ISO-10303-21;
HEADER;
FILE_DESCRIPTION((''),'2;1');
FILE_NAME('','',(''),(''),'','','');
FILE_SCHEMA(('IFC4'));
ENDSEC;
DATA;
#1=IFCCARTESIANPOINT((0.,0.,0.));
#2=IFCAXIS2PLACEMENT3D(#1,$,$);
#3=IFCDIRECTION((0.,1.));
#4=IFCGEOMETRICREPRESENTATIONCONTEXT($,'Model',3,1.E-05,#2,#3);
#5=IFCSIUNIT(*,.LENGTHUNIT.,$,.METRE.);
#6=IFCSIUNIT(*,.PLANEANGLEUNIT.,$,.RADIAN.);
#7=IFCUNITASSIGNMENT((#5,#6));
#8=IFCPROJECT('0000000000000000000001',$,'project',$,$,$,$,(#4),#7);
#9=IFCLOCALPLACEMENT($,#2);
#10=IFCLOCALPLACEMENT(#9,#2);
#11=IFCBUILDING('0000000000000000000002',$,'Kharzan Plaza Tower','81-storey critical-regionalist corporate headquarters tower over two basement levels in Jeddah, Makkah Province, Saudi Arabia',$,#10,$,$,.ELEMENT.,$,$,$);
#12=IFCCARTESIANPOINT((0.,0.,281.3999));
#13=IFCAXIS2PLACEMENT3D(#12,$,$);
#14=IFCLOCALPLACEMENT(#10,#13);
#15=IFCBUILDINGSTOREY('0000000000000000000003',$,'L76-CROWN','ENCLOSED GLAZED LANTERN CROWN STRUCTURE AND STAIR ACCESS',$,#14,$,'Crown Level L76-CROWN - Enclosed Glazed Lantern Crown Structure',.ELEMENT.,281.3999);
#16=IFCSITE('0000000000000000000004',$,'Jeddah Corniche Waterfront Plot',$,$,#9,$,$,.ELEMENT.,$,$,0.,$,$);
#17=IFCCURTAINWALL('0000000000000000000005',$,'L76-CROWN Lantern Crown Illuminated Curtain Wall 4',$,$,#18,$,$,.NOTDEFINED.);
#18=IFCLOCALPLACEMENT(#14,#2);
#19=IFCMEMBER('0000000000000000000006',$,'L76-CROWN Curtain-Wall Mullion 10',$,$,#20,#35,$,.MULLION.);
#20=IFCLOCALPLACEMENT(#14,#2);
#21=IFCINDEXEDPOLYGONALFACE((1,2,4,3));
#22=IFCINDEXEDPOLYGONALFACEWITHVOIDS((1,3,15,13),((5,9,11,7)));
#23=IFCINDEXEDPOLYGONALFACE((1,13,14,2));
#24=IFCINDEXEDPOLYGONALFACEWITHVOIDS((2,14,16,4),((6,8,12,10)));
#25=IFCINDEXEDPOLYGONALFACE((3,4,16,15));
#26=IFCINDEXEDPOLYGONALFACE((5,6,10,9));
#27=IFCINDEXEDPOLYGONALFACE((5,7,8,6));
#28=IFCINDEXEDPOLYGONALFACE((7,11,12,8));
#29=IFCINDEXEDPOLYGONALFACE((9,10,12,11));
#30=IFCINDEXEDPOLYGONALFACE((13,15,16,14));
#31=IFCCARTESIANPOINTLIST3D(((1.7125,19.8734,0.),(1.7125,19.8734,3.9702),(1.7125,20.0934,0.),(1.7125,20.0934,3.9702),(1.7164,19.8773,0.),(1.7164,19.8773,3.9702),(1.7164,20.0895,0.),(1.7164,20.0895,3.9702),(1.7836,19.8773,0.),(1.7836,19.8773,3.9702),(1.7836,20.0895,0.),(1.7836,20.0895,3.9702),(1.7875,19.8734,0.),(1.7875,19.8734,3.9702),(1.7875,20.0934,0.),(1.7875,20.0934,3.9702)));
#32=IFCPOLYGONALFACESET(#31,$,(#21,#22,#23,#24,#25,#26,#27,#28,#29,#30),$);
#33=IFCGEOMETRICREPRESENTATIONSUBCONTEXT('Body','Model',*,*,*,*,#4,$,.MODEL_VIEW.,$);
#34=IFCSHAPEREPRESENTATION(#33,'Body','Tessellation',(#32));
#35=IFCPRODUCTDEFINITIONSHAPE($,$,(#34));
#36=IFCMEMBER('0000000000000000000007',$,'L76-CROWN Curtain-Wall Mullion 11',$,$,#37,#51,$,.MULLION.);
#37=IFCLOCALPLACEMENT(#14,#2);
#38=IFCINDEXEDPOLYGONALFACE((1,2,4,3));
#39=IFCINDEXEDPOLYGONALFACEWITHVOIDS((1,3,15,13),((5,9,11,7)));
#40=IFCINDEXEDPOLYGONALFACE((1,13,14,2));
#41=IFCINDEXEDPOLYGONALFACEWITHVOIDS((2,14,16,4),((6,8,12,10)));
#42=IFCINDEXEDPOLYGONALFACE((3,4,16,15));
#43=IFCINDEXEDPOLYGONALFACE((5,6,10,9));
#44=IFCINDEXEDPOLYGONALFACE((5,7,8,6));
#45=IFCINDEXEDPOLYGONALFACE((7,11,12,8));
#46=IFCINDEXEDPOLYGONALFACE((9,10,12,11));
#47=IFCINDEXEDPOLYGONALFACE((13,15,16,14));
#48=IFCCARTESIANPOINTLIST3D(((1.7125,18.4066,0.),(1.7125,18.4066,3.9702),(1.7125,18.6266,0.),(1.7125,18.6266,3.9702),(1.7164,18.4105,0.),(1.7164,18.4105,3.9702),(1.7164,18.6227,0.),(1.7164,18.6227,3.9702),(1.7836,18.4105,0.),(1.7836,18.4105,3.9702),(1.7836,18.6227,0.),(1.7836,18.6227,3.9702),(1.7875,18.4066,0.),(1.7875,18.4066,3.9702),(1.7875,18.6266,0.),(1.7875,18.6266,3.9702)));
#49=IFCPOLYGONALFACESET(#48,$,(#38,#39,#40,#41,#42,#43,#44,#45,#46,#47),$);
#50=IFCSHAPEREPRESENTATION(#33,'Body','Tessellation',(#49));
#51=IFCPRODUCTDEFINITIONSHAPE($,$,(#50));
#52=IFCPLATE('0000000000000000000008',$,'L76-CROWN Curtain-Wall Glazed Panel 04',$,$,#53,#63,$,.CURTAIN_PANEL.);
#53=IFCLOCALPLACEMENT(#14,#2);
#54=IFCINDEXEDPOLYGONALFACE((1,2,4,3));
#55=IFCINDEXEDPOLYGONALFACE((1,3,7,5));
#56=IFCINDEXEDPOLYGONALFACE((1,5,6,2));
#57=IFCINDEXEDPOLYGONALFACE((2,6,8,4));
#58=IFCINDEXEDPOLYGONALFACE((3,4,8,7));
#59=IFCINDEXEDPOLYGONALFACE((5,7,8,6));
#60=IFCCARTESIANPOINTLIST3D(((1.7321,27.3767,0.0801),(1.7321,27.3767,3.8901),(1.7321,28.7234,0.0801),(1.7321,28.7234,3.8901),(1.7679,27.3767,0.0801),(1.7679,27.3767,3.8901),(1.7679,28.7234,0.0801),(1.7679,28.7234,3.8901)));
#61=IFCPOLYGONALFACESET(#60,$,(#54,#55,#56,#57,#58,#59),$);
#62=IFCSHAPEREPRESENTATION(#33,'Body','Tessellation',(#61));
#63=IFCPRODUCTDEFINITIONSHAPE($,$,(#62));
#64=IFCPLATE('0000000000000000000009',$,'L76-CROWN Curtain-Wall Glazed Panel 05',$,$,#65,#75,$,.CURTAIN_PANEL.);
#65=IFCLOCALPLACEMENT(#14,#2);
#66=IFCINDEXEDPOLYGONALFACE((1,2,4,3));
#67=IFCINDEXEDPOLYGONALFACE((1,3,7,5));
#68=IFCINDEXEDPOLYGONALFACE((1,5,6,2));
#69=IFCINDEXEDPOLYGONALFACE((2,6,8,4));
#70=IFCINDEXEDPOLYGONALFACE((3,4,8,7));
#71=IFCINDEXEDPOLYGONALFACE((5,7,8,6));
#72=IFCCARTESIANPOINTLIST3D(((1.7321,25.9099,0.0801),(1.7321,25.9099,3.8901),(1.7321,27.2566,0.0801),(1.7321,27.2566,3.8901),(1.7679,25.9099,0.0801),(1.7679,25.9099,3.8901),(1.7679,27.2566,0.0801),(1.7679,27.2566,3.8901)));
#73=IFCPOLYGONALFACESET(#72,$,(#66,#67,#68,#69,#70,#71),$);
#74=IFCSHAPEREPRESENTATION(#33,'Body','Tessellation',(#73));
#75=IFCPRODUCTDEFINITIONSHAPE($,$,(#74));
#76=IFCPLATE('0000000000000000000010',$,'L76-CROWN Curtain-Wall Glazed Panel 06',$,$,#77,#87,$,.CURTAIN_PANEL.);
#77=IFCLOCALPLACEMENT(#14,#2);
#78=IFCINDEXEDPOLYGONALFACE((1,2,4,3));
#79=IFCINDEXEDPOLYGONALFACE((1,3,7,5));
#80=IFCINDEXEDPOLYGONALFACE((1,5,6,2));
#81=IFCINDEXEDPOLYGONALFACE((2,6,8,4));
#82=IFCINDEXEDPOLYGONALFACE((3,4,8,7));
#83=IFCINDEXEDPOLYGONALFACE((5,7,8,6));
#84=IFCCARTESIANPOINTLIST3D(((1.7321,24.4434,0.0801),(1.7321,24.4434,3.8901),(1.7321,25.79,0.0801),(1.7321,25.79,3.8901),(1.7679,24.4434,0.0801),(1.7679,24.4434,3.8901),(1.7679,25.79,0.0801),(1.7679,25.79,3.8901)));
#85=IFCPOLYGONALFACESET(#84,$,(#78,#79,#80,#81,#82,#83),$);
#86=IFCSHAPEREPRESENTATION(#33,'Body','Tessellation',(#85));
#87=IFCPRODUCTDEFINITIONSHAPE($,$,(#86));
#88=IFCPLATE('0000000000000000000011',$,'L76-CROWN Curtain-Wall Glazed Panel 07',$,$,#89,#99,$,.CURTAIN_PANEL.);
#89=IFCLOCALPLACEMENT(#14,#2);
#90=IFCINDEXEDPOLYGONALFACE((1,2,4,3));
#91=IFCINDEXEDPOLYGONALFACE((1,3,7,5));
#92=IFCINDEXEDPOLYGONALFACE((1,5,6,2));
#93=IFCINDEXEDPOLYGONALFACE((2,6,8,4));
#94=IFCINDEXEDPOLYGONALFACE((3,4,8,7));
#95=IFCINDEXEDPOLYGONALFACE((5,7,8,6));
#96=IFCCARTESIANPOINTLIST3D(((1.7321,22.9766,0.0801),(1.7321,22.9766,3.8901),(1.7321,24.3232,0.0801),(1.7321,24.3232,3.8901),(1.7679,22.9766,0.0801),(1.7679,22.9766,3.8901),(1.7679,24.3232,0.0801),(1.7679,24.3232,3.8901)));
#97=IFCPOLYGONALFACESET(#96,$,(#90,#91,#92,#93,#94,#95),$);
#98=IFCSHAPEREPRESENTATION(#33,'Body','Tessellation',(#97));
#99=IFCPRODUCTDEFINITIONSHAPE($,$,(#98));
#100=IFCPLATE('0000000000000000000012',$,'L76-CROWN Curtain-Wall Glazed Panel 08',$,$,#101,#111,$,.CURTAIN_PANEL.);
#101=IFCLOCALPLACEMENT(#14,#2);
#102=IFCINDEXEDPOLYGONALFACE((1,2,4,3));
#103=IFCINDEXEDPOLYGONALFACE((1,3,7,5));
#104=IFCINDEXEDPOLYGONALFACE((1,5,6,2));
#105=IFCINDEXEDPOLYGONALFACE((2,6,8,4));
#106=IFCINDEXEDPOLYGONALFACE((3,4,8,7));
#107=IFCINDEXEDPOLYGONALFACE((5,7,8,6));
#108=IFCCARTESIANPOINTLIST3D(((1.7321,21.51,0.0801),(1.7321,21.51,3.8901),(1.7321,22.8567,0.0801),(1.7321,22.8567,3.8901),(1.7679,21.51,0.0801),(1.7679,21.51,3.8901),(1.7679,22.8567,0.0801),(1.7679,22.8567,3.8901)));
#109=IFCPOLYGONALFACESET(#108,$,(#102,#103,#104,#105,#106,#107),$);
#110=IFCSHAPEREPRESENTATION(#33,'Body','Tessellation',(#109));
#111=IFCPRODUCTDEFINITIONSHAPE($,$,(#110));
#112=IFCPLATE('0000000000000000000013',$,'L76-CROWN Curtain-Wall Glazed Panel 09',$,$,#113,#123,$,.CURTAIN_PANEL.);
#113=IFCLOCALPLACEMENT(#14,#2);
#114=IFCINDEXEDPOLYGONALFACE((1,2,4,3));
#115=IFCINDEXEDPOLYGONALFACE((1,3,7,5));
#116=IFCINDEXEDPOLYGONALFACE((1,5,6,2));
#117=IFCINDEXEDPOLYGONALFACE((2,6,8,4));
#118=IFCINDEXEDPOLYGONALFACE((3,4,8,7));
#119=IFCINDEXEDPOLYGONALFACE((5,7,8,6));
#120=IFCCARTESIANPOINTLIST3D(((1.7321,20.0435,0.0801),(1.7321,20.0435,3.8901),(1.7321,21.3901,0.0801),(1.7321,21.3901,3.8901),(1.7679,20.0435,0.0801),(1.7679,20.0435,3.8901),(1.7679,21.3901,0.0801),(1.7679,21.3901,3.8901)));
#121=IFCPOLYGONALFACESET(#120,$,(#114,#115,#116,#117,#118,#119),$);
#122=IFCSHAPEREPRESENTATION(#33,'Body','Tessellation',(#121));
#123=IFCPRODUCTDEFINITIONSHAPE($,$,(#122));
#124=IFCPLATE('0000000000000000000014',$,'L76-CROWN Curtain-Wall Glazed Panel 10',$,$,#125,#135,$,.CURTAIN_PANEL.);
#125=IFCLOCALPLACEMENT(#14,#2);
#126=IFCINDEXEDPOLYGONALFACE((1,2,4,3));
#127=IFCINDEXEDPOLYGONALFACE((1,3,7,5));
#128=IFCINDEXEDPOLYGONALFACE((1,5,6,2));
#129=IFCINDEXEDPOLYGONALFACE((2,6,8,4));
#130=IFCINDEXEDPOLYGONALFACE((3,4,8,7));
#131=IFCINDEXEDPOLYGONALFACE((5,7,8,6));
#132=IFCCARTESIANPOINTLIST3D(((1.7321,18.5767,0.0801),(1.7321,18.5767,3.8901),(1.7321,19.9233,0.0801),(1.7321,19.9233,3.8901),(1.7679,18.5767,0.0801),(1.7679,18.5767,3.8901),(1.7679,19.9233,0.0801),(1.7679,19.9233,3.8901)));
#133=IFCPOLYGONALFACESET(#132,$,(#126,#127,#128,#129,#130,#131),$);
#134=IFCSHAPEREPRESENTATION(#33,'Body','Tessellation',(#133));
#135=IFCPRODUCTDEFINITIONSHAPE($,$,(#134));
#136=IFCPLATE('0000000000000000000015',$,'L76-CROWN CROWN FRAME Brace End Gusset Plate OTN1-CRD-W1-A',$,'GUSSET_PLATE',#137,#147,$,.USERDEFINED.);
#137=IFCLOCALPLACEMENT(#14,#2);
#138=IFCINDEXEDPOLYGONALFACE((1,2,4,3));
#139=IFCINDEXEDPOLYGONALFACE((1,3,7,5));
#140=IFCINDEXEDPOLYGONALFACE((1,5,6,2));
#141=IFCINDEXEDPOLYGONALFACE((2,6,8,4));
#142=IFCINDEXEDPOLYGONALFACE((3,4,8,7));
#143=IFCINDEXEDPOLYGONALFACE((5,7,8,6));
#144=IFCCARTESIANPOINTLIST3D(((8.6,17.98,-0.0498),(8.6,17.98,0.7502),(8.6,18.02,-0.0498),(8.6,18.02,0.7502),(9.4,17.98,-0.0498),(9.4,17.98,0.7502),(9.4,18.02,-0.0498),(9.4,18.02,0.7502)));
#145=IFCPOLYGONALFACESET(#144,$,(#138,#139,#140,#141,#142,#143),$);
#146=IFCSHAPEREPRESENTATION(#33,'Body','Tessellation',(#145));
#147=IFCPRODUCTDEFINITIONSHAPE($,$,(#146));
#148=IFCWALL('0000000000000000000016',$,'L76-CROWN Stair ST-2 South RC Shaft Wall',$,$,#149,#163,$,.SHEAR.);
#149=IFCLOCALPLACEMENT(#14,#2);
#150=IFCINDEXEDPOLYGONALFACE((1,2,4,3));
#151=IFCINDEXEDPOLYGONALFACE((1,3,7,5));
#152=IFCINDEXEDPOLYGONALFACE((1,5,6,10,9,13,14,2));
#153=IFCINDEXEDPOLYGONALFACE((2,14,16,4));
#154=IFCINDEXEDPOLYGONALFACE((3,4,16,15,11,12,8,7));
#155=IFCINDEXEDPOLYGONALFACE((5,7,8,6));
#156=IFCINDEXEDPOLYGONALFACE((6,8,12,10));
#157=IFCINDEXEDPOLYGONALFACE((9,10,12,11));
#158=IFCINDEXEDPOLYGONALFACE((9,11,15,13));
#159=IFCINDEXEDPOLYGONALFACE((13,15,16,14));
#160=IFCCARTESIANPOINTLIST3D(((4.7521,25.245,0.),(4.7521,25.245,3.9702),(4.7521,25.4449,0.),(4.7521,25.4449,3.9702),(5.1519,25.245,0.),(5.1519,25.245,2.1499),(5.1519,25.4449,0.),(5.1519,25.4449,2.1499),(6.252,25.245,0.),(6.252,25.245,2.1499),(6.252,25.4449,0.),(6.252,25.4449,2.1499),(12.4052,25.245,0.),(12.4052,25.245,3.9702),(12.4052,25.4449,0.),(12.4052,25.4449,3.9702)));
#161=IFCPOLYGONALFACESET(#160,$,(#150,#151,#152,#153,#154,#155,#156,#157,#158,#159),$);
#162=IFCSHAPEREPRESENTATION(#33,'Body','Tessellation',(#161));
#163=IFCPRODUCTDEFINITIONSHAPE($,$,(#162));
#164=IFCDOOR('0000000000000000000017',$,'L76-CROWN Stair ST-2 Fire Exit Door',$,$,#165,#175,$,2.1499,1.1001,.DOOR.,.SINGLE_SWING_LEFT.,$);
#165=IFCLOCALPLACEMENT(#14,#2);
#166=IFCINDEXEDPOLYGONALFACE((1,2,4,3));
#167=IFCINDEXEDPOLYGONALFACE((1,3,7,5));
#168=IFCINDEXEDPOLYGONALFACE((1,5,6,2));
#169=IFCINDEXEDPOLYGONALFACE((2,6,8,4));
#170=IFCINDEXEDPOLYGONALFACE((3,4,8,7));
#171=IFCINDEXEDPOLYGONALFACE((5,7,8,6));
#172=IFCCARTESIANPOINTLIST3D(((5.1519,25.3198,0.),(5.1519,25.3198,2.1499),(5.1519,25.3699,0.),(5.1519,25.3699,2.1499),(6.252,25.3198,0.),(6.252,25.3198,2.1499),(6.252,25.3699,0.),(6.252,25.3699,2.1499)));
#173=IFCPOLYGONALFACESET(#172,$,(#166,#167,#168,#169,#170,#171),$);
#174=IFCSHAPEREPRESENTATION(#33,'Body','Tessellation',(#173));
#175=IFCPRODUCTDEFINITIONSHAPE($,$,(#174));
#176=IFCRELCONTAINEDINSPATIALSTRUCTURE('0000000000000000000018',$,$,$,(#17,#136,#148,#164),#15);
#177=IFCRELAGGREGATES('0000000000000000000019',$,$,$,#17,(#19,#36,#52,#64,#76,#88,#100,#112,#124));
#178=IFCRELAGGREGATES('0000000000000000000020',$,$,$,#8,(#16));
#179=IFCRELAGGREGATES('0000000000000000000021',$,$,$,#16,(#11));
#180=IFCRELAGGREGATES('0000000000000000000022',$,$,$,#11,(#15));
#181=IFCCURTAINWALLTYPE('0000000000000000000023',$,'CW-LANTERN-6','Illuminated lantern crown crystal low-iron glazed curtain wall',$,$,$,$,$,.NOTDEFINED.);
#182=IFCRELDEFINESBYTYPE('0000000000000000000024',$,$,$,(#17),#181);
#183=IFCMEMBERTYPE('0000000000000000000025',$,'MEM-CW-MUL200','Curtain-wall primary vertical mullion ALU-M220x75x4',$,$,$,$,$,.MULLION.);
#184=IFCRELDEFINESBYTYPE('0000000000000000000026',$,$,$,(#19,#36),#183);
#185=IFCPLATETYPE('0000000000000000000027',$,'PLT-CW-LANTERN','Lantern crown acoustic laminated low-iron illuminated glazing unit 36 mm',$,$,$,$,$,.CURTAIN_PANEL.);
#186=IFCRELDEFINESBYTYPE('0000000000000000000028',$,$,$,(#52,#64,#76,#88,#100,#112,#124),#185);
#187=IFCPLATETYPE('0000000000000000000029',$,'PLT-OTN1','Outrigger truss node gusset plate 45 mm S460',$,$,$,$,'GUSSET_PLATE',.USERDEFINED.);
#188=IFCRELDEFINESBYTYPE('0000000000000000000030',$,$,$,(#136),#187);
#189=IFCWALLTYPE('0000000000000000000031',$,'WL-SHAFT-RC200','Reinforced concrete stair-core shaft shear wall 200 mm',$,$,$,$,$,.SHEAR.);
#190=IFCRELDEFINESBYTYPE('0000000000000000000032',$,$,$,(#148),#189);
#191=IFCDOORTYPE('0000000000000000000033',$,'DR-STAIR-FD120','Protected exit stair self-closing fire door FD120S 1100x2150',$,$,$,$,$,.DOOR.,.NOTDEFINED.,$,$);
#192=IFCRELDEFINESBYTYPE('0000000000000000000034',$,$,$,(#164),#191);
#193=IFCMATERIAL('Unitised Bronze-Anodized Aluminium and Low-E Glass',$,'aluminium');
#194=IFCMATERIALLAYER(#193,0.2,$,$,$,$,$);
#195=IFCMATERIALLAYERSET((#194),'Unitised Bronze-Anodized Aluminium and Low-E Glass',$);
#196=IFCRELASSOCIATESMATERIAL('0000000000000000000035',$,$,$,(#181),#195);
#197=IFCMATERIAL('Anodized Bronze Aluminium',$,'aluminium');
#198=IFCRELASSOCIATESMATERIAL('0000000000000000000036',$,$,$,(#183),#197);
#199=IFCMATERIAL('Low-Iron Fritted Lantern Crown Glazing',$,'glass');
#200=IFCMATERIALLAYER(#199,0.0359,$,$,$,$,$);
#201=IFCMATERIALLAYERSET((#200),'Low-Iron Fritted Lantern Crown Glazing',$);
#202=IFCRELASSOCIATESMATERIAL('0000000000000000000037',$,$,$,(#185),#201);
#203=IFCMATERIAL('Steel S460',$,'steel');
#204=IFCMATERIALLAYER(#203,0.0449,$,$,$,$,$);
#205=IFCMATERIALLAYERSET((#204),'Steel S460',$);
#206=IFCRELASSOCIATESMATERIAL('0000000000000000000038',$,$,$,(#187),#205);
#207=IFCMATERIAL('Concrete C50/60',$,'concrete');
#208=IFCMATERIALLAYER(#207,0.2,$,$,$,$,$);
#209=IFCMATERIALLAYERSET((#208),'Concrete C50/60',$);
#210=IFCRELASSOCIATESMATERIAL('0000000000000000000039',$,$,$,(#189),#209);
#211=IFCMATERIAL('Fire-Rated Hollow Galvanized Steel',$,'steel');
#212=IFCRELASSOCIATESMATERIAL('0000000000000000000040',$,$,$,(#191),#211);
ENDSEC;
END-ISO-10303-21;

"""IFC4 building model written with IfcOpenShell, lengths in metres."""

from ifc_helpers import new_model, si_unit, direction, frame, frame_2d, origin, origin_2d, place, context, subcontext, project, spatial, rectangle, hollow_rectangle, extrude, source, transform, mapped, material, layer, layer_set, material_profile, profile_set, type_object, element, fill, aggregate, save


model = new_model("IFC4")

# Units and contexts
model_context = context("Model", 3, precision=1e-05, world=origin(), true_north=direction((0.0, 1.0)))
body_context = subcontext(model_context, "Body", "Model", "MODEL_VIEW")
ifc_project = project(units=[si_unit("LENGTHUNIT", "METRE"), si_unit("PLANEANGLEUNIT", "RADIAN")], contexts=[model_context])

# Site, building, storey
site_placement = place(None, origin())
site = spatial("IfcSite", under=ifc_project, at=site_placement, Name="Jeddah Corniche Waterfront Plot", CompositionType="ELEMENT", RefElevation=0.0)
building_placement = place(site_placement, origin())
building = spatial("IfcBuilding", under=site, at=building_placement, Name="Kharzan Plaza Tower", Description="81-storey critical-regionalist corporate headquarters tower over two basement levels in Jeddah, Makkah Province, Saudi Arabia", CompositionType="ELEMENT")
storey_placement = place(building_placement, frame((0.0, 0.0, 281.3999)))
storey = spatial("IfcBuildingStorey", under=building, at=storey_placement, Name="L76-CROWN", Description="ENCLOSED GLAZED LANTERN CROWN STRUCTURE AND STAIR ACCESS", LongName="Crown Level L76-CROWN - Enclosed Glazed Lantern Crown Structure", CompositionType="ELEMENT", Elevation=281.3999)

# Curtain wall, members, plates
ifc_material_1 = material(Name="Unitised Bronze-Anodized Aluminium and Low-E Glass", Category="aluminium")
ifc_layer_1 = layer(ifc_material_1, 0.2)
ifc_layer_set_1 = layer_set([ifc_layer_1], Name="Unitised Bronze-Anodized Aluminium and Low-E Glass")
curtain_wall_type = type_object("IfcCurtainWallType", Name="CW-LANTERN-6", Description="Illuminated lantern crown crystal low-iron glazed curtain wall", PredefinedType="NOTDEFINED", material=ifc_layer_set_1)
curtain_wall_placement = place(storey_placement, origin())
curtain_wall = element("IfcCurtainWall", 1, at=curtain_wall_placement, inside=storey, type_object=curtain_wall_type, Name="L76-CROWN Lantern Crown Illuminated Curtain Wall 4", PredefinedType="NOTDEFINED")
ifc_material_2 = material(Name="Anodized Bronze Aluminium", Category="aluminium")
ifc_material_profile_1 = material_profile(ifc_material_2, hollow_rectangle(XDim=0.075, YDim=0.22, WallThickness=0.0039, at=origin_2d()), Name="ALU-M220x75x4")
ifc_profile_set_1 = profile_set([ifc_material_profile_1], Name="Anodized Bronze Aluminium")
member_type_1 = type_object("IfcMemberType", Name="MEM-CW-MUL200", Description="Curtain-wall primary vertical mullion ALU-M220x75x4", PredefinedType="MULLION", material=ifc_profile_set_1)
shared_shape_1 = source(origin(), body_context, "Body", "SweptSolid", [
    extrude(hollow_rectangle(XDim=0.075, YDim=0.22, WallThickness=0.0039, at=origin_2d()), origin(), (0.0, 0.0, 1.0), 3.9702),
])
member_1_placement = place(storey_placement, frame((1.75, 19.9834, 0.0), z_axis=(0.0, 0.0, 1.0), x_axis=(1.0, 0.0, 0.0)))
member_1 = element("IfcMember", 2, at=member_1_placement, type_object=member_type_1, Name="L76-CROWN Curtain-Wall Mullion 10", PredefinedType="MULLION", context=body_context, shape_type="MappedRepresentation", body=[
    mapped(shared_shape_1, transform((0.0, 0.0, 0.0), x_axis=(1.0, 0.0, 0.0), y_axis=(0.0, 1.0, 0.0), z_axis=(0.0, 0.0, 1.0))),
])
member_2_placement = place(storey_placement, frame((1.75, 18.5166, 0.0), z_axis=(0.0, 0.0, 1.0), x_axis=(1.0, 0.0, 0.0)))
member_2 = element("IfcMember", 3, at=member_2_placement, type_object=member_type_1, Name="L76-CROWN Curtain-Wall Mullion 11", PredefinedType="MULLION", context=body_context, shape_type="MappedRepresentation", body=[
    mapped(shared_shape_1, transform((0.0, 0.0, 0.0), x_axis=(1.0, 0.0, 0.0), y_axis=(0.0, 1.0, 0.0), z_axis=(0.0, 0.0, 1.0))),
])
ifc_material_3 = material(Name="Low-Iron Fritted Lantern Crown Glazing", Category="glass")
ifc_layer_2 = layer(ifc_material_3, 0.0359)
ifc_layer_set_2 = layer_set([ifc_layer_2], Name="Low-Iron Fritted Lantern Crown Glazing")
plate_type_1 = type_object("IfcPlateType", Name="PLT-CW-LANTERN", Description="Lantern crown acoustic laminated low-iron illuminated glazing unit 36 mm", PredefinedType="CURTAIN_PANEL", material=ifc_layer_set_2)
shared_shape_2 = source(origin(), body_context, "Body", "SweptSolid", [
    extrude(rectangle(XDim=1.3467, YDim=0.0359, at=origin_2d()), origin(), (0.0, 0.0, 1.0), 3.8101),
])
plate_1_placement = place(storey_placement, frame((1.75, 28.05, 0.0801), z_axis=(0.0, 0.0, 1.0), x_axis=(0.0, -1.0, 0.0)))
plate_1 = element("IfcPlate", 4, at=plate_1_placement, type_object=plate_type_1, Name="L76-CROWN Curtain-Wall Glazed Panel 04", PredefinedType="CURTAIN_PANEL", context=body_context, shape_type="MappedRepresentation", body=[
    mapped(shared_shape_2, transform((0.0, 0.0, 0.0), x_axis=(1.0, 0.0, 0.0), y_axis=(0.0, 1.0, 0.0), z_axis=(0.0, 0.0, 1.0))),
])
plate_2_placement = place(storey_placement, frame((1.75, 26.5833, 0.0801), z_axis=(0.0, 0.0, 1.0), x_axis=(0.0, -1.0, 0.0)))
plate_2 = element("IfcPlate", 5, at=plate_2_placement, type_object=plate_type_1, Name="L76-CROWN Curtain-Wall Glazed Panel 05", PredefinedType="CURTAIN_PANEL", context=body_context, shape_type="MappedRepresentation", body=[
    mapped(shared_shape_2, transform((0.0, 0.0, 0.0), x_axis=(1.0, 0.0, 0.0), y_axis=(0.0, 1.0, 0.0), z_axis=(0.0, 0.0, 1.0))),
])
plate_3_placement = place(storey_placement, frame((1.75, 25.1167, 0.0801), z_axis=(0.0, 0.0, 1.0), x_axis=(0.0, -1.0, 0.0)))
plate_3 = element("IfcPlate", 6, at=plate_3_placement, type_object=plate_type_1, Name="L76-CROWN Curtain-Wall Glazed Panel 06", PredefinedType="CURTAIN_PANEL", context=body_context, shape_type="MappedRepresentation", body=[
    mapped(shared_shape_2, transform((0.0, 0.0, 0.0), x_axis=(1.0, 0.0, 0.0), y_axis=(0.0, 1.0, 0.0), z_axis=(0.0, 0.0, 1.0))),
])
plate_4_placement = place(storey_placement, frame((1.75, 23.6499, 0.0801), z_axis=(0.0, 0.0, 1.0), x_axis=(0.0, -1.0, 0.0)))
plate_4 = element("IfcPlate", 7, at=plate_4_placement, type_object=plate_type_1, Name="L76-CROWN Curtain-Wall Glazed Panel 07", PredefinedType="CURTAIN_PANEL", context=body_context, shape_type="MappedRepresentation", body=[
    mapped(shared_shape_2, transform((0.0, 0.0, 0.0), x_axis=(1.0, 0.0, 0.0), y_axis=(0.0, 1.0, 0.0), z_axis=(0.0, 0.0, 1.0))),
])
plate_5_placement = place(storey_placement, frame((1.75, 22.1833, 0.0801), z_axis=(0.0, 0.0, 1.0), x_axis=(0.0, -1.0, 0.0)))
plate_5 = element("IfcPlate", 8, at=plate_5_placement, type_object=plate_type_1, Name="L76-CROWN Curtain-Wall Glazed Panel 08", PredefinedType="CURTAIN_PANEL", context=body_context, shape_type="MappedRepresentation", body=[
    mapped(shared_shape_2, transform((0.0, 0.0, 0.0), x_axis=(1.0, 0.0, 0.0), y_axis=(0.0, 1.0, 0.0), z_axis=(0.0, 0.0, 1.0))),
])
plate_6_placement = place(storey_placement, frame((1.75, 20.7168, 0.0801), z_axis=(0.0, 0.0, 1.0), x_axis=(0.0, -1.0, 0.0)))
plate_6 = element("IfcPlate", 9, at=plate_6_placement, type_object=plate_type_1, Name="L76-CROWN Curtain-Wall Glazed Panel 09", PredefinedType="CURTAIN_PANEL", context=body_context, shape_type="MappedRepresentation", body=[
    mapped(shared_shape_2, transform((0.0, 0.0, 0.0), x_axis=(1.0, 0.0, 0.0), y_axis=(0.0, 1.0, 0.0), z_axis=(0.0, 0.0, 1.0))),
])
plate_7_placement = place(storey_placement, frame((1.75, 19.25, 0.0801), z_axis=(0.0, 0.0, 1.0), x_axis=(0.0, -1.0, 0.0)))
plate_7 = element("IfcPlate", 10, at=plate_7_placement, type_object=plate_type_1, Name="L76-CROWN Curtain-Wall Glazed Panel 10", PredefinedType="CURTAIN_PANEL", context=body_context, shape_type="MappedRepresentation", body=[
    mapped(shared_shape_2, transform((0.0, 0.0, 0.0), x_axis=(1.0, 0.0, 0.0), y_axis=(0.0, 1.0, 0.0), z_axis=(0.0, 0.0, 1.0))),
])
aggregate(curtain_wall, [member_1, member_2, plate_1, plate_2, plate_3, plate_4, plate_5, plate_6, plate_7])

# Plate
ifc_material_4 = material(Name="Steel S460", Category="steel")
ifc_layer_3 = layer(ifc_material_4, 0.0449)
ifc_layer_set_3 = layer_set([ifc_layer_3], Name="Steel S460")
plate_type_2 = type_object("IfcPlateType", Name="PLT-OTN1", Description="Outrigger truss node gusset plate 45 mm S460", ElementType="GUSSET_PLATE", PredefinedType="USERDEFINED", material=ifc_layer_set_3)
shared_shape_3 = source(origin(), body_context, "Body", "SweptSolid", [
    extrude(rectangle(XDim=0.8, YDim=0.04, at=origin_2d()), origin(), (0.0, 0.0, 1.0), 0.8),
])
plate_8_placement = place(storey_placement, frame((9.0, 18.0, -0.0498), z_axis=(0.0, 0.0, 1.0), x_axis=(1.0, 0.0, 0.0)))
element("IfcPlate", 11, at=plate_8_placement, inside=storey, type_object=plate_type_2, Name="L76-CROWN CROWN FRAME Brace End Gusset Plate OTN1-CRD-W1-A", ObjectType="GUSSET_PLATE", PredefinedType="USERDEFINED", context=body_context, shape_type="MappedRepresentation", body=[
    mapped(shared_shape_3, transform((0.0, 0.0, 0.0), x_axis=(1.0, 0.0, 0.0), y_axis=(0.0, 1.0, 0.0), z_axis=(0.0, 0.0, 1.0))),
])

# Wall, opening, door
ifc_material_5 = material(Name="Concrete C50/60", Category="concrete")
ifc_layer_4 = layer(ifc_material_5, 0.2)
ifc_layer_set_4 = layer_set([ifc_layer_4], Name="Concrete C50/60")
wall_type_1 = type_object("IfcWallType", Name="WL-SHAFT-RC200", Description="Reinforced concrete stair-core shaft shear wall 200 mm", PredefinedType="SHEAR", material=ifc_layer_set_4)
wall_1_placement = place(storey_placement, frame((4.752, 25.345, 0.0), z_axis=(0.0, 0.0, 1.0), x_axis=(1.0, 0.0, 0.0)))
wall_1 = element("IfcWall", 12, at=wall_1_placement, inside=storey, type_object=wall_type_1, Name="L76-CROWN Stair ST-2 South RC Shaft Wall", PredefinedType="SHEAR", context=body_context, shape_type="SweptSolid", body=[
    extrude(rectangle(XDim=7.6531, YDim=0.2, at=frame_2d((3.8267, 0.0))), origin(), (0.0, 0.0, 1.0), 3.9702),
])
opening_placement = place(wall_1_placement, frame((0.3999, 0.0, 0.0)))
opening = element("IfcOpeningElement", 13, at=opening_placement, cuts=wall_1, PredefinedType="OPENING", context=body_context, shape_type="SweptSolid", body=[
    extrude(rectangle(XDim=1.1001, YDim=2.1499, at=frame_2d((0.55, 1.075))), frame((0.0, 0.1099, 0.0), z_axis=(0.0, -1.0, 0.0), x_axis=(1.0, 0.0, 0.0)), (0.0, 0.0, 1.0), 0.22),
])
ifc_material_6 = material(Name="Fire-Rated Hollow Galvanized Steel", Category="steel")
door_type = type_object("IfcDoorType", Name="DR-STAIR-FD120", Description="Protected exit stair self-closing fire door FD120S 1100x2150", OperationType="NOTDEFINED", PredefinedType="DOOR", material=ifc_material_6)
shared_shape_4 = source(origin(), body_context, "Body", "SweptSolid", [
    extrude(rectangle(XDim=1.1001, YDim=2.1499, at=frame_2d((0.55, 1.075))), frame((0.0, 0.0249, 0.0), z_axis=(0.0, -1.0, 0.0), x_axis=(1.0, 0.0, 0.0)), (0.0, 0.0, 1.0), 0.05),
])
door_placement = place(opening_placement, origin())
door = element("IfcDoor", 14, at=door_placement, inside=storey, type_object=door_type, Name="L76-CROWN Stair ST-2 Fire Exit Door", OperationType="SINGLE_SWING_LEFT", OverallHeight=2.1499, OverallWidth=1.1001, PredefinedType="DOOR", context=body_context, shape_type="MappedRepresentation", body=[
    mapped(shared_shape_4, transform((0.0, 0.0, 0.0), x_axis=(1.0, 0.0, 0.0), y_axis=(0.0, 1.0, 0.0), z_axis=(0.0, 0.0, 1.0))),
])
fill(opening, door)

save(model, "model.ifc")
